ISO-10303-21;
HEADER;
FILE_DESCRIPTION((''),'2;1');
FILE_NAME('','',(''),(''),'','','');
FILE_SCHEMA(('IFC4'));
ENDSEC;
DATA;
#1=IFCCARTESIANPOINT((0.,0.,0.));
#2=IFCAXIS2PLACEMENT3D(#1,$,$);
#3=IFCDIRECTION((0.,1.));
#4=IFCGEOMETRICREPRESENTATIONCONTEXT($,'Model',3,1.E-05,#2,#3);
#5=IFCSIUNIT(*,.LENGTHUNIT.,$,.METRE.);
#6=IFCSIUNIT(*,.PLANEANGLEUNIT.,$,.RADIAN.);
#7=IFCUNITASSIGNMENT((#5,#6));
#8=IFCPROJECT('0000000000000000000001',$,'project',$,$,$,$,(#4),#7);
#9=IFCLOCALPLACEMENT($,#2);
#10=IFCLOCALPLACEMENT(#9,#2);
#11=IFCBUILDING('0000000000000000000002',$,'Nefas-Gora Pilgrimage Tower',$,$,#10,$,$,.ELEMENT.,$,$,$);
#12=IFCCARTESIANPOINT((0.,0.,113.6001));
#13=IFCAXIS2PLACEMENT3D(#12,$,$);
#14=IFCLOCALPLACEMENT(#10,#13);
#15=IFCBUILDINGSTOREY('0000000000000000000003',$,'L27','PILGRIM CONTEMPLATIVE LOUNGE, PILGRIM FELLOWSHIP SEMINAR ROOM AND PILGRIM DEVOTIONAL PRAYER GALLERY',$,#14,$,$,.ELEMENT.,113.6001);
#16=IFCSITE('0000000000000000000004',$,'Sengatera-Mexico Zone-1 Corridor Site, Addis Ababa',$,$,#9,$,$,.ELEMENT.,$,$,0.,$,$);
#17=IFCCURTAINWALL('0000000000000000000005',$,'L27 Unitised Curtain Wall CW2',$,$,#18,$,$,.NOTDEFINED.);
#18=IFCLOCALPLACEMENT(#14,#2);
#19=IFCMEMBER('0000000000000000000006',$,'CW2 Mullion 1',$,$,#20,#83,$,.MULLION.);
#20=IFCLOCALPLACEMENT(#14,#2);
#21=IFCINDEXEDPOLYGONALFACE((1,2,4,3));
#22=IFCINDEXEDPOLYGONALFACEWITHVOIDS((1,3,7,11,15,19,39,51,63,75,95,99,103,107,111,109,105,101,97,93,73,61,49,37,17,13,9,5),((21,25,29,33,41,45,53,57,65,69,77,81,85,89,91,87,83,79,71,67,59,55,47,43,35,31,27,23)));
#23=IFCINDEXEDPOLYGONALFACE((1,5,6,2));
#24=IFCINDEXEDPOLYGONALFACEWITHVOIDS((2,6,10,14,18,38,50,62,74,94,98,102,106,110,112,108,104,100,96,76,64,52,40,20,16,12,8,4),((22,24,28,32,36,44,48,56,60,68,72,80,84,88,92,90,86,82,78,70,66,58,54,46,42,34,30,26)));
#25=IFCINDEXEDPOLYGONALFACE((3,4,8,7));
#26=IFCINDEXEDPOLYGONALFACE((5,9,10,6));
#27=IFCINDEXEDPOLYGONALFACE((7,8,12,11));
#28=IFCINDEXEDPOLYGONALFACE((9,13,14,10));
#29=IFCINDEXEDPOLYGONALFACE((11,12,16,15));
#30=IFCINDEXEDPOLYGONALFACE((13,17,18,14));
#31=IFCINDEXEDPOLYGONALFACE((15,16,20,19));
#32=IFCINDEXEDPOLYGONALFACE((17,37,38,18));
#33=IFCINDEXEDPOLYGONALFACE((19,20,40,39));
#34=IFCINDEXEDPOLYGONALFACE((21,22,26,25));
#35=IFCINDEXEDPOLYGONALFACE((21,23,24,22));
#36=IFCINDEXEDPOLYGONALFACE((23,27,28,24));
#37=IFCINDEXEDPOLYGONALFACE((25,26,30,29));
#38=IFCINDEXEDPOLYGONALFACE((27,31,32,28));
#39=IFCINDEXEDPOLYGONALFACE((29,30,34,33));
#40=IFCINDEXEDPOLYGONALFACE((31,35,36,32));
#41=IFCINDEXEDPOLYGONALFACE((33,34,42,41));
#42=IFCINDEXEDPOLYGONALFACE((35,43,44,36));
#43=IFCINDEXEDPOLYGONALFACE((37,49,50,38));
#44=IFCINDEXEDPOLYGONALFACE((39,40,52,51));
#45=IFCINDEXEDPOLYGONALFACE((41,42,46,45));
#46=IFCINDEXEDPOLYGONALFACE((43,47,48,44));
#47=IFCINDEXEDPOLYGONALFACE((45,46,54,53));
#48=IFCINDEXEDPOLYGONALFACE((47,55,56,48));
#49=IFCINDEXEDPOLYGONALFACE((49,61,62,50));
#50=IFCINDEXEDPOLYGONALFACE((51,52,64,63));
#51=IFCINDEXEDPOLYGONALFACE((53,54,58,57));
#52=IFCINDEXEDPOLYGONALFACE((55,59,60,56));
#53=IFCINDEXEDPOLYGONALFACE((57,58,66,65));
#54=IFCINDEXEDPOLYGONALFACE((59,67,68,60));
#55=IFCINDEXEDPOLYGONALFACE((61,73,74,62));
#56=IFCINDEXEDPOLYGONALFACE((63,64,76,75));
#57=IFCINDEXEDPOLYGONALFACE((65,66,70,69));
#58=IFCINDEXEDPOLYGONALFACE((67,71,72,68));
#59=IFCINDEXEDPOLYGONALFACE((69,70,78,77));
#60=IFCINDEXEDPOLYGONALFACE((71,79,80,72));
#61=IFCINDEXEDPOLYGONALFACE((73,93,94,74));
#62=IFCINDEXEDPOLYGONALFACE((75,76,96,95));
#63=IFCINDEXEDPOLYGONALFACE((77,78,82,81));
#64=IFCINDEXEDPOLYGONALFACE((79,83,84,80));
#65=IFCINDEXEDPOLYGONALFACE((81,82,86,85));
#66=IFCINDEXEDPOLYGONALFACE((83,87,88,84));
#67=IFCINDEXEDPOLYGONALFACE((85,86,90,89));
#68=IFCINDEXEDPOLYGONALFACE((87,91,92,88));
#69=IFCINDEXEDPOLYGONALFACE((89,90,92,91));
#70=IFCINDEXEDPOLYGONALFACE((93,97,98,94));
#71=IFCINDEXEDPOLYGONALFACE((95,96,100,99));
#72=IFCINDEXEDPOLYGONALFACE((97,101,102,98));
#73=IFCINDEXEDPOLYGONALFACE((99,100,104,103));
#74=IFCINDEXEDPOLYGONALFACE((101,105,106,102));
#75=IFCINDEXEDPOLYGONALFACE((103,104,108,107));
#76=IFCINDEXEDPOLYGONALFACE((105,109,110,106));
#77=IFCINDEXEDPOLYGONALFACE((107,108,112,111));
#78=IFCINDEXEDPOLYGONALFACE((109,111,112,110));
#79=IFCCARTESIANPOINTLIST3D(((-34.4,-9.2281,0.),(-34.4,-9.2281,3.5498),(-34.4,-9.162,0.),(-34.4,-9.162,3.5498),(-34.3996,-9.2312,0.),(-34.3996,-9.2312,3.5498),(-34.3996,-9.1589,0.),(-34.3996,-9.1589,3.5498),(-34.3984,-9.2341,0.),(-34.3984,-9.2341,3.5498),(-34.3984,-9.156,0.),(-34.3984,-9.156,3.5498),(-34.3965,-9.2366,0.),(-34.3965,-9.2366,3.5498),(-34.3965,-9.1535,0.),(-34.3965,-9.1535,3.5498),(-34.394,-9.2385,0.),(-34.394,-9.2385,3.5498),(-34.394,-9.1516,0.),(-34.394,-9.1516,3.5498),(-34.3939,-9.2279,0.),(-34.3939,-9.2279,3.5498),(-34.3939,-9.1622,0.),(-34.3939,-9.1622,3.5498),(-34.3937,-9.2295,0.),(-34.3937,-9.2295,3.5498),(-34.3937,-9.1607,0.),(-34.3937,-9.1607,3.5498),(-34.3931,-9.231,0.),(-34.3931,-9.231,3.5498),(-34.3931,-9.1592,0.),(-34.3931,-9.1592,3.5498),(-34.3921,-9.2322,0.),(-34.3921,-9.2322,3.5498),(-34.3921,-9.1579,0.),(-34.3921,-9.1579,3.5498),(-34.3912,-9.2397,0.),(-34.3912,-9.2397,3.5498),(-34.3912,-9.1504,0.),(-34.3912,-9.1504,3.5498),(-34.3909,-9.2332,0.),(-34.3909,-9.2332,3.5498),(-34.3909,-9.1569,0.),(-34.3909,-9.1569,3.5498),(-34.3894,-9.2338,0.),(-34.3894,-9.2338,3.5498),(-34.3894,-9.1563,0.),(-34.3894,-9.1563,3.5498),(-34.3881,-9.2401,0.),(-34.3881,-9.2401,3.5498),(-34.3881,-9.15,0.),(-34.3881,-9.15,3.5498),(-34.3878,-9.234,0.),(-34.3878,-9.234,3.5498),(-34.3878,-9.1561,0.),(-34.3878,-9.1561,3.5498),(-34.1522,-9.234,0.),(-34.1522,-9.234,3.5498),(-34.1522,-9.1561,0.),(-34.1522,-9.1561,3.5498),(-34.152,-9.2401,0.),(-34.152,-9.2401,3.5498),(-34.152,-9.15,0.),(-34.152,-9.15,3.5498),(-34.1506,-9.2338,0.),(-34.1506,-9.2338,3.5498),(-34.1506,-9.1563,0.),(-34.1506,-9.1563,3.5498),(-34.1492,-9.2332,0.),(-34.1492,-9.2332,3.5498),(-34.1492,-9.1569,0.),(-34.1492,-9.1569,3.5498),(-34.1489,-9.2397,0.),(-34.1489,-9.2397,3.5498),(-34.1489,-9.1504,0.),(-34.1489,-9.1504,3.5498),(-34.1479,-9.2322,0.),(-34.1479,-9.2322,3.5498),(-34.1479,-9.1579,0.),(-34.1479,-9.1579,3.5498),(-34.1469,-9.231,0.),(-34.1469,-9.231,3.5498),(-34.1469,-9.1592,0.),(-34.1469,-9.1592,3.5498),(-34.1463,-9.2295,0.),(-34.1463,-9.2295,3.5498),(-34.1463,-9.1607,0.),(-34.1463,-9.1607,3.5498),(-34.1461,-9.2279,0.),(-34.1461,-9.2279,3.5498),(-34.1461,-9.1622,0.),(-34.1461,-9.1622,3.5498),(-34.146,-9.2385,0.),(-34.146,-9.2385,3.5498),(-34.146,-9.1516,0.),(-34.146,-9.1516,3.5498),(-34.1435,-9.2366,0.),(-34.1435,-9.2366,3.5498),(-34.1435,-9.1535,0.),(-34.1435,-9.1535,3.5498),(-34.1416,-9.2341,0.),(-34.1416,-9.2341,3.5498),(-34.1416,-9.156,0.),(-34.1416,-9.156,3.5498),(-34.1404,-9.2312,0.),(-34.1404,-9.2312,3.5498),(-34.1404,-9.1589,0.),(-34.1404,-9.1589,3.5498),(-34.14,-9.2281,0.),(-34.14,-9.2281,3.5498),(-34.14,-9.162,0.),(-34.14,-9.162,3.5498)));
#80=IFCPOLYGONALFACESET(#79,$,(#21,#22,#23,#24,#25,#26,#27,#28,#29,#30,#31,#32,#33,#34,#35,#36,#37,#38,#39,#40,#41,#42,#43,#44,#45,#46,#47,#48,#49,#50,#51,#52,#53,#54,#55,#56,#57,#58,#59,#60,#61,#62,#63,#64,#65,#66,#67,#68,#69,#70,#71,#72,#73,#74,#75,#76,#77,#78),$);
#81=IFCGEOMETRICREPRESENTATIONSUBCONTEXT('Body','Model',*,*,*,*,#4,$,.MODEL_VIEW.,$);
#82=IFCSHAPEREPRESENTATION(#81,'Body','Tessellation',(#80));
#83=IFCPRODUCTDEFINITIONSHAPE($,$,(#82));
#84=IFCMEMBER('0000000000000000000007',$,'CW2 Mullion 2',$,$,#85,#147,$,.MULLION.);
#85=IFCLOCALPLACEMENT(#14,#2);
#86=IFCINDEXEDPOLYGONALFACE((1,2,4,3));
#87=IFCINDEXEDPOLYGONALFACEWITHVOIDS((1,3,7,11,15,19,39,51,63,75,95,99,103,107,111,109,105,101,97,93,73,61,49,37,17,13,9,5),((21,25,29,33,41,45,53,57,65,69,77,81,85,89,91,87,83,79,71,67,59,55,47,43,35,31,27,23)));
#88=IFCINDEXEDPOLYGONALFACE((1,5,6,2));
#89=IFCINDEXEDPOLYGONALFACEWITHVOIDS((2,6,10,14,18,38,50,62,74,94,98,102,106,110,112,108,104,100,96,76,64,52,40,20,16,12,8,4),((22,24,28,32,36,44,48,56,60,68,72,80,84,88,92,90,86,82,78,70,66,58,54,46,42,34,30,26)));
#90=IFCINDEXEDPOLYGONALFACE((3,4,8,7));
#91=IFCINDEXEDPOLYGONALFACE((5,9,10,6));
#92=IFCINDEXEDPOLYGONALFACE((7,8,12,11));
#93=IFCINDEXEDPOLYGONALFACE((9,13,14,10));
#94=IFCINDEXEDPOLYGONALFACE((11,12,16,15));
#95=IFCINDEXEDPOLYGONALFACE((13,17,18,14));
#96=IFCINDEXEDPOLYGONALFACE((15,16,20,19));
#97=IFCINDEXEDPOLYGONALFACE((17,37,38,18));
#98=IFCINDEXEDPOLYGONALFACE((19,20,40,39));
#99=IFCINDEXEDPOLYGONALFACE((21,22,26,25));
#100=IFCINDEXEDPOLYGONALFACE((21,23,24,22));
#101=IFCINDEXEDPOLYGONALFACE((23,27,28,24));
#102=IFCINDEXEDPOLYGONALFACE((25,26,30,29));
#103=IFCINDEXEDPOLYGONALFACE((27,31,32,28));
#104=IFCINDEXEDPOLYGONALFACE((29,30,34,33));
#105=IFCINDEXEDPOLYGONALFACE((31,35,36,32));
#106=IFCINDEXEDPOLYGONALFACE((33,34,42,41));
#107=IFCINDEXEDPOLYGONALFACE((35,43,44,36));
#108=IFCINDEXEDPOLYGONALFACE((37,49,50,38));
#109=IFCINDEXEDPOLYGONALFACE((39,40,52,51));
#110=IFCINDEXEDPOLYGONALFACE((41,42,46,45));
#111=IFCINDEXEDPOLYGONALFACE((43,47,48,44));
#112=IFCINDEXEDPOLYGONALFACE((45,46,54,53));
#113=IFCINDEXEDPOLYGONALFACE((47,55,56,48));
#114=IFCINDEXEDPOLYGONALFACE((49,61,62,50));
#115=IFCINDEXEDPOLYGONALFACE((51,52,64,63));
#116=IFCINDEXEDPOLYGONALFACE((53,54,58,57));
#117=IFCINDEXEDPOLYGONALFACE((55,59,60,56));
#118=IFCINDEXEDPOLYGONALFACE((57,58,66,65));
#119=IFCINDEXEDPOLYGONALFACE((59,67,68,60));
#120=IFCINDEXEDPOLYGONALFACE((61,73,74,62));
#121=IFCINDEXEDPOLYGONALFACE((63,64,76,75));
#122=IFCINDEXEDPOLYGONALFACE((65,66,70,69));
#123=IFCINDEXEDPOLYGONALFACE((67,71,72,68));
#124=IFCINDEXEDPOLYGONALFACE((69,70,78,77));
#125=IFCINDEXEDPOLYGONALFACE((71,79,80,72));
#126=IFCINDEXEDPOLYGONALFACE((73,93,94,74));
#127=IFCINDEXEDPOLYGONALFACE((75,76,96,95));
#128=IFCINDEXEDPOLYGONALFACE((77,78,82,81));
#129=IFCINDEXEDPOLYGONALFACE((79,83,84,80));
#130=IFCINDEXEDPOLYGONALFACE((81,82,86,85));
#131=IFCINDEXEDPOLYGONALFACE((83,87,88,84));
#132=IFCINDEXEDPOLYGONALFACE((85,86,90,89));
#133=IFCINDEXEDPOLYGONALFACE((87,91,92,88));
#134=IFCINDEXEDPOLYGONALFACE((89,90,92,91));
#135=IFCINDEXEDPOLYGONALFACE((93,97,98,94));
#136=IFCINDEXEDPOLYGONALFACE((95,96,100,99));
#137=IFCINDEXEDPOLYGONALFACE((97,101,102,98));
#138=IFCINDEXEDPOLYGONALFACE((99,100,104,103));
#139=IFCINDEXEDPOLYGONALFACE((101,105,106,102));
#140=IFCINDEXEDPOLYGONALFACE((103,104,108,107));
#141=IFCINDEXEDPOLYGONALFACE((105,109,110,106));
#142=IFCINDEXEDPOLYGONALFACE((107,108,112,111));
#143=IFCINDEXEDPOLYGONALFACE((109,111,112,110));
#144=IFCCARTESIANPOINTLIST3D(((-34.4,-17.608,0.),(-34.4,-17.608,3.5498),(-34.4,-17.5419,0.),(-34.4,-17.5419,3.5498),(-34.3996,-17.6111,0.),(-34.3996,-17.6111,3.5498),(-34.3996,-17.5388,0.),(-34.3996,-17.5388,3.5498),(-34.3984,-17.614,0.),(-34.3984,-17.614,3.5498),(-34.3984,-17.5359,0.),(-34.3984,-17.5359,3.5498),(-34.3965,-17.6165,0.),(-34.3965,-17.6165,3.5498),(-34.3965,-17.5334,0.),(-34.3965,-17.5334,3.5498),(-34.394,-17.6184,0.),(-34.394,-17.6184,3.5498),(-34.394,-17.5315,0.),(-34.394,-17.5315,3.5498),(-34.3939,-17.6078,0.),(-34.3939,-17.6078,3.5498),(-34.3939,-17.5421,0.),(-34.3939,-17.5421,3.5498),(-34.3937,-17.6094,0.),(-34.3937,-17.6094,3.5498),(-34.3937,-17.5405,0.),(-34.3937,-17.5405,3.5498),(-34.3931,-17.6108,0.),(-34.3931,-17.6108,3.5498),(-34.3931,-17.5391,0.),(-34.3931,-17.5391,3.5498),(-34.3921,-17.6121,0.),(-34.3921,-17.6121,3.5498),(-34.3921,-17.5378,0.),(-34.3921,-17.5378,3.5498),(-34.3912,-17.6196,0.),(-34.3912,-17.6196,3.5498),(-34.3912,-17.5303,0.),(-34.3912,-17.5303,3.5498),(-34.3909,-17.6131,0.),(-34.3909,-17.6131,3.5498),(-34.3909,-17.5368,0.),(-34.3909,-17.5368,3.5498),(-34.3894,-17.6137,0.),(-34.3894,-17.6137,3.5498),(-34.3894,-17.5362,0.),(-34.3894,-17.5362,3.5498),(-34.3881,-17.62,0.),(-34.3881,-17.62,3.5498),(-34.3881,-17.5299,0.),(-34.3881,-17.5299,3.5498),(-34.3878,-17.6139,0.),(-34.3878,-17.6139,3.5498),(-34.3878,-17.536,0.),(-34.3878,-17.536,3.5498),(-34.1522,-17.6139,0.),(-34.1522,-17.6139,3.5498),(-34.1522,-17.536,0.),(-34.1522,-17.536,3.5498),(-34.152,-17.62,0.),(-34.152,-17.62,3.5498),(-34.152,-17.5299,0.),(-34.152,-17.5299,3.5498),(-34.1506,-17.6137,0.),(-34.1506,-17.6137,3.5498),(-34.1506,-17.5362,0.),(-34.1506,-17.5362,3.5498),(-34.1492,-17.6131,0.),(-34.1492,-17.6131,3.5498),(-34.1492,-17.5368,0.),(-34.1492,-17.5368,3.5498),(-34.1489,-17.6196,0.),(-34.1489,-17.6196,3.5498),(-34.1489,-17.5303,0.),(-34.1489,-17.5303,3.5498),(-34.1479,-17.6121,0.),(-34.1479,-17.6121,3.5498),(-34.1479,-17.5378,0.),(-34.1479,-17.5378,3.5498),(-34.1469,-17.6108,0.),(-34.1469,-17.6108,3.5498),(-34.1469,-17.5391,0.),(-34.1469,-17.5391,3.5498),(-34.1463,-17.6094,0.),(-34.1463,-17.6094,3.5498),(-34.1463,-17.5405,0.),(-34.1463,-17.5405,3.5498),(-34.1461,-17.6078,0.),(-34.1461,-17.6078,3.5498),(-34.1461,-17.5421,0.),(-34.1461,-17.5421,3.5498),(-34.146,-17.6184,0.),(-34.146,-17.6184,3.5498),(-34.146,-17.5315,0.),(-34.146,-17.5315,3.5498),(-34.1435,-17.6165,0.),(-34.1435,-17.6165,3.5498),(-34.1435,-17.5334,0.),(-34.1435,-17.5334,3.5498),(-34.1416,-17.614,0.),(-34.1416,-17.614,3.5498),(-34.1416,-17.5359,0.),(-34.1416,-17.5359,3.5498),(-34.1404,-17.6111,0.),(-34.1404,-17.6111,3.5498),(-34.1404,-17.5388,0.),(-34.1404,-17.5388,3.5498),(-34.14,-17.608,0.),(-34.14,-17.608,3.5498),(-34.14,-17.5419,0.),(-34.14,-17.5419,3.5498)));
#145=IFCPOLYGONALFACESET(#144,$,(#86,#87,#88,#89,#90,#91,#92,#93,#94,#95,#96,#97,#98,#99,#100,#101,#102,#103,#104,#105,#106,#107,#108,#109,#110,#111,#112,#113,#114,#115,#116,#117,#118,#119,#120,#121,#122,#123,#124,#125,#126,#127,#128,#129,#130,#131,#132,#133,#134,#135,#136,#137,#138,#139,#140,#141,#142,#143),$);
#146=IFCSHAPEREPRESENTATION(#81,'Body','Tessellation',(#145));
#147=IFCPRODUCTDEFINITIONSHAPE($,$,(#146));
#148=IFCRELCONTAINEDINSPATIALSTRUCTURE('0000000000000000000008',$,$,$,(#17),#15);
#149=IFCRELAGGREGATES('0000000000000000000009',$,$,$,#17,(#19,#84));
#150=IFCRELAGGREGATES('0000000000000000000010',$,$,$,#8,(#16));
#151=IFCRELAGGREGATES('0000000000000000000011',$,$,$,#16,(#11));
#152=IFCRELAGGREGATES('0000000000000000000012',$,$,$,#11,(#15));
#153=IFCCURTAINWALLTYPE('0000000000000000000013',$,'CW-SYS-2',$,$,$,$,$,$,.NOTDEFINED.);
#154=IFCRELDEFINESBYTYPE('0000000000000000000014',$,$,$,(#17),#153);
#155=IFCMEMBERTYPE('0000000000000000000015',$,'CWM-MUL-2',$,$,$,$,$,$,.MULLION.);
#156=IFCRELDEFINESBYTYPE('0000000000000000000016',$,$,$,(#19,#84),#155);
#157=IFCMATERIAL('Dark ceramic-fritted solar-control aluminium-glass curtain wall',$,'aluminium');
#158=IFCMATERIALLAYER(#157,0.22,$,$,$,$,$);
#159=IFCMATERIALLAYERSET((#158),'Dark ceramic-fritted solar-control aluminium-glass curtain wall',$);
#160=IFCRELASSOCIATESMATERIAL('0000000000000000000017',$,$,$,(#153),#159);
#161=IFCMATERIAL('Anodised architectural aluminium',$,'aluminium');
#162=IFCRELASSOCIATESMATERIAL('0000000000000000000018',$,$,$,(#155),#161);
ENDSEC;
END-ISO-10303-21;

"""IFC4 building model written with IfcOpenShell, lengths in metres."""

from ifc_helpers import new_model, si_unit, direction, frame, origin, origin_2d, place, context, subcontext, project, spatial, hollow_rectangle, extrude, source, transform, mapped, material, layer, layer_set, material_profile, profile_set, type_object, element, aggregate, save


model = new_model("IFC4")

# Units and contexts
model_context = context("Model", 3, precision=1e-05, world=origin(), true_north=direction((0.0, 1.0)))
body_context = subcontext(model_context, "Body", "Model", "MODEL_VIEW")
ifc_project = project(units=[si_unit("LENGTHUNIT", "METRE"), si_unit("PLANEANGLEUNIT", "RADIAN")], contexts=[model_context])

# Site, building, storey
site_placement = place(None, origin())
site = spatial("IfcSite", under=ifc_project, at=site_placement, Name="Sengatera-Mexico Zone-1 Corridor Site, Addis Ababa", CompositionType="ELEMENT", RefElevation=0.0)
building_placement = place(site_placement, origin())
building = spatial("IfcBuilding", under=site, at=building_placement, Name="Nefas-Gora Pilgrimage Tower", CompositionType="ELEMENT")
storey_placement = place(building_placement, frame((0.0, 0.0, 113.6001)))
storey = spatial("IfcBuildingStorey", under=building, at=storey_placement, Name="L27", Description="PILGRIM CONTEMPLATIVE LOUNGE, PILGRIM FELLOWSHIP SEMINAR ROOM AND PILGRIM DEVOTIONAL PRAYER GALLERY", CompositionType="ELEMENT", Elevation=113.6001)

# Curtain wall
ifc_material_1 = material(Name="Dark ceramic-fritted solar-control aluminium-glass curtain wall", Category="aluminium")
ifc_material_2 = material(Name="Anodised architectural aluminium", Category="aluminium")
ifc_layer_1 = layer(ifc_material_1, 0.22)
ifc_layer_set_1 = layer_set([ifc_layer_1], Name="Dark ceramic-fritted solar-control aluminium-glass curtain wall")
curtain_wall_type_1 = type_object("IfcCurtainWallType", Name="CW-SYS-2", PredefinedType="NOTDEFINED", material=ifc_layer_set_1)
curtain_wall_1_placement = place(storey_placement, origin())
curtain_wall_1 = element("IfcCurtainWall", 1, at=curtain_wall_1_placement, inside=storey, type_object=curtain_wall_type_1, Name="L27 Unitised Curtain Wall CW2", PredefinedType="NOTDEFINED")

# Members
ifc_material_profile_1 = material_profile(ifc_material_2, hollow_rectangle(XDim=0.0901, YDim=0.26, WallThickness=0.0061, InnerFilletRadius=0.0061, OuterFilletRadius=0.012, at=origin_2d()), Name="ALU MULLION 90x260")
ifc_profile_set_1 = profile_set([ifc_material_profile_1], Name="Anodised architectural aluminium")
member_type_1 = type_object("IfcMemberType", Name="CWM-MUL-2", PredefinedType="MULLION", material=ifc_profile_set_1)
shared_shape_1 = source(origin(), body_context, "Body", "SweptSolid", [
    extrude(hollow_rectangle(XDim=0.0901, YDim=0.26, WallThickness=0.0061, InnerFilletRadius=0.0061, OuterFilletRadius=0.012, at=origin_2d()), origin(), (0.0, 0.0, 1.0), 3.5498),
])
member_1_placement = place(storey_placement, frame((-34.27, -9.1951, 0.0), z_axis=(0.0, 0.0, 1.0), x_axis=(0.0, -1.0, 0.0)))
member_1 = element("IfcMember", 2, at=member_1_placement, type_object=member_type_1, Name="CW2 Mullion 1", PredefinedType="MULLION", context=body_context, shape_type="MappedRepresentation", body=[
    mapped(shared_shape_1, transform((0.0, 0.0, 0.0), x_axis=(1.0, 0.0, 0.0), y_axis=(0.0, 1.0, 0.0), z_axis=(0.0, 0.0, 1.0), scale=1.0)),
])
member_2_placement = place(storey_placement, frame((-34.27, -17.575, 0.0), z_axis=(0.0, 0.0, 1.0), x_axis=(0.0, -1.0, 0.0)))
member_2 = element("IfcMember", 3, at=member_2_placement, type_object=member_type_1, Name="CW2 Mullion 2", PredefinedType="MULLION", context=body_context, shape_type="MappedRepresentation", body=[
    mapped(shared_shape_1, transform((0.0, 0.0, 0.0), x_axis=(1.0, 0.0, 0.0), y_axis=(0.0, 1.0, 0.0), z_axis=(0.0, 0.0, 1.0), scale=1.0)),
])

aggregate(curtain_wall_1, [member_1, member_2])

save(model, "model.ifc")
